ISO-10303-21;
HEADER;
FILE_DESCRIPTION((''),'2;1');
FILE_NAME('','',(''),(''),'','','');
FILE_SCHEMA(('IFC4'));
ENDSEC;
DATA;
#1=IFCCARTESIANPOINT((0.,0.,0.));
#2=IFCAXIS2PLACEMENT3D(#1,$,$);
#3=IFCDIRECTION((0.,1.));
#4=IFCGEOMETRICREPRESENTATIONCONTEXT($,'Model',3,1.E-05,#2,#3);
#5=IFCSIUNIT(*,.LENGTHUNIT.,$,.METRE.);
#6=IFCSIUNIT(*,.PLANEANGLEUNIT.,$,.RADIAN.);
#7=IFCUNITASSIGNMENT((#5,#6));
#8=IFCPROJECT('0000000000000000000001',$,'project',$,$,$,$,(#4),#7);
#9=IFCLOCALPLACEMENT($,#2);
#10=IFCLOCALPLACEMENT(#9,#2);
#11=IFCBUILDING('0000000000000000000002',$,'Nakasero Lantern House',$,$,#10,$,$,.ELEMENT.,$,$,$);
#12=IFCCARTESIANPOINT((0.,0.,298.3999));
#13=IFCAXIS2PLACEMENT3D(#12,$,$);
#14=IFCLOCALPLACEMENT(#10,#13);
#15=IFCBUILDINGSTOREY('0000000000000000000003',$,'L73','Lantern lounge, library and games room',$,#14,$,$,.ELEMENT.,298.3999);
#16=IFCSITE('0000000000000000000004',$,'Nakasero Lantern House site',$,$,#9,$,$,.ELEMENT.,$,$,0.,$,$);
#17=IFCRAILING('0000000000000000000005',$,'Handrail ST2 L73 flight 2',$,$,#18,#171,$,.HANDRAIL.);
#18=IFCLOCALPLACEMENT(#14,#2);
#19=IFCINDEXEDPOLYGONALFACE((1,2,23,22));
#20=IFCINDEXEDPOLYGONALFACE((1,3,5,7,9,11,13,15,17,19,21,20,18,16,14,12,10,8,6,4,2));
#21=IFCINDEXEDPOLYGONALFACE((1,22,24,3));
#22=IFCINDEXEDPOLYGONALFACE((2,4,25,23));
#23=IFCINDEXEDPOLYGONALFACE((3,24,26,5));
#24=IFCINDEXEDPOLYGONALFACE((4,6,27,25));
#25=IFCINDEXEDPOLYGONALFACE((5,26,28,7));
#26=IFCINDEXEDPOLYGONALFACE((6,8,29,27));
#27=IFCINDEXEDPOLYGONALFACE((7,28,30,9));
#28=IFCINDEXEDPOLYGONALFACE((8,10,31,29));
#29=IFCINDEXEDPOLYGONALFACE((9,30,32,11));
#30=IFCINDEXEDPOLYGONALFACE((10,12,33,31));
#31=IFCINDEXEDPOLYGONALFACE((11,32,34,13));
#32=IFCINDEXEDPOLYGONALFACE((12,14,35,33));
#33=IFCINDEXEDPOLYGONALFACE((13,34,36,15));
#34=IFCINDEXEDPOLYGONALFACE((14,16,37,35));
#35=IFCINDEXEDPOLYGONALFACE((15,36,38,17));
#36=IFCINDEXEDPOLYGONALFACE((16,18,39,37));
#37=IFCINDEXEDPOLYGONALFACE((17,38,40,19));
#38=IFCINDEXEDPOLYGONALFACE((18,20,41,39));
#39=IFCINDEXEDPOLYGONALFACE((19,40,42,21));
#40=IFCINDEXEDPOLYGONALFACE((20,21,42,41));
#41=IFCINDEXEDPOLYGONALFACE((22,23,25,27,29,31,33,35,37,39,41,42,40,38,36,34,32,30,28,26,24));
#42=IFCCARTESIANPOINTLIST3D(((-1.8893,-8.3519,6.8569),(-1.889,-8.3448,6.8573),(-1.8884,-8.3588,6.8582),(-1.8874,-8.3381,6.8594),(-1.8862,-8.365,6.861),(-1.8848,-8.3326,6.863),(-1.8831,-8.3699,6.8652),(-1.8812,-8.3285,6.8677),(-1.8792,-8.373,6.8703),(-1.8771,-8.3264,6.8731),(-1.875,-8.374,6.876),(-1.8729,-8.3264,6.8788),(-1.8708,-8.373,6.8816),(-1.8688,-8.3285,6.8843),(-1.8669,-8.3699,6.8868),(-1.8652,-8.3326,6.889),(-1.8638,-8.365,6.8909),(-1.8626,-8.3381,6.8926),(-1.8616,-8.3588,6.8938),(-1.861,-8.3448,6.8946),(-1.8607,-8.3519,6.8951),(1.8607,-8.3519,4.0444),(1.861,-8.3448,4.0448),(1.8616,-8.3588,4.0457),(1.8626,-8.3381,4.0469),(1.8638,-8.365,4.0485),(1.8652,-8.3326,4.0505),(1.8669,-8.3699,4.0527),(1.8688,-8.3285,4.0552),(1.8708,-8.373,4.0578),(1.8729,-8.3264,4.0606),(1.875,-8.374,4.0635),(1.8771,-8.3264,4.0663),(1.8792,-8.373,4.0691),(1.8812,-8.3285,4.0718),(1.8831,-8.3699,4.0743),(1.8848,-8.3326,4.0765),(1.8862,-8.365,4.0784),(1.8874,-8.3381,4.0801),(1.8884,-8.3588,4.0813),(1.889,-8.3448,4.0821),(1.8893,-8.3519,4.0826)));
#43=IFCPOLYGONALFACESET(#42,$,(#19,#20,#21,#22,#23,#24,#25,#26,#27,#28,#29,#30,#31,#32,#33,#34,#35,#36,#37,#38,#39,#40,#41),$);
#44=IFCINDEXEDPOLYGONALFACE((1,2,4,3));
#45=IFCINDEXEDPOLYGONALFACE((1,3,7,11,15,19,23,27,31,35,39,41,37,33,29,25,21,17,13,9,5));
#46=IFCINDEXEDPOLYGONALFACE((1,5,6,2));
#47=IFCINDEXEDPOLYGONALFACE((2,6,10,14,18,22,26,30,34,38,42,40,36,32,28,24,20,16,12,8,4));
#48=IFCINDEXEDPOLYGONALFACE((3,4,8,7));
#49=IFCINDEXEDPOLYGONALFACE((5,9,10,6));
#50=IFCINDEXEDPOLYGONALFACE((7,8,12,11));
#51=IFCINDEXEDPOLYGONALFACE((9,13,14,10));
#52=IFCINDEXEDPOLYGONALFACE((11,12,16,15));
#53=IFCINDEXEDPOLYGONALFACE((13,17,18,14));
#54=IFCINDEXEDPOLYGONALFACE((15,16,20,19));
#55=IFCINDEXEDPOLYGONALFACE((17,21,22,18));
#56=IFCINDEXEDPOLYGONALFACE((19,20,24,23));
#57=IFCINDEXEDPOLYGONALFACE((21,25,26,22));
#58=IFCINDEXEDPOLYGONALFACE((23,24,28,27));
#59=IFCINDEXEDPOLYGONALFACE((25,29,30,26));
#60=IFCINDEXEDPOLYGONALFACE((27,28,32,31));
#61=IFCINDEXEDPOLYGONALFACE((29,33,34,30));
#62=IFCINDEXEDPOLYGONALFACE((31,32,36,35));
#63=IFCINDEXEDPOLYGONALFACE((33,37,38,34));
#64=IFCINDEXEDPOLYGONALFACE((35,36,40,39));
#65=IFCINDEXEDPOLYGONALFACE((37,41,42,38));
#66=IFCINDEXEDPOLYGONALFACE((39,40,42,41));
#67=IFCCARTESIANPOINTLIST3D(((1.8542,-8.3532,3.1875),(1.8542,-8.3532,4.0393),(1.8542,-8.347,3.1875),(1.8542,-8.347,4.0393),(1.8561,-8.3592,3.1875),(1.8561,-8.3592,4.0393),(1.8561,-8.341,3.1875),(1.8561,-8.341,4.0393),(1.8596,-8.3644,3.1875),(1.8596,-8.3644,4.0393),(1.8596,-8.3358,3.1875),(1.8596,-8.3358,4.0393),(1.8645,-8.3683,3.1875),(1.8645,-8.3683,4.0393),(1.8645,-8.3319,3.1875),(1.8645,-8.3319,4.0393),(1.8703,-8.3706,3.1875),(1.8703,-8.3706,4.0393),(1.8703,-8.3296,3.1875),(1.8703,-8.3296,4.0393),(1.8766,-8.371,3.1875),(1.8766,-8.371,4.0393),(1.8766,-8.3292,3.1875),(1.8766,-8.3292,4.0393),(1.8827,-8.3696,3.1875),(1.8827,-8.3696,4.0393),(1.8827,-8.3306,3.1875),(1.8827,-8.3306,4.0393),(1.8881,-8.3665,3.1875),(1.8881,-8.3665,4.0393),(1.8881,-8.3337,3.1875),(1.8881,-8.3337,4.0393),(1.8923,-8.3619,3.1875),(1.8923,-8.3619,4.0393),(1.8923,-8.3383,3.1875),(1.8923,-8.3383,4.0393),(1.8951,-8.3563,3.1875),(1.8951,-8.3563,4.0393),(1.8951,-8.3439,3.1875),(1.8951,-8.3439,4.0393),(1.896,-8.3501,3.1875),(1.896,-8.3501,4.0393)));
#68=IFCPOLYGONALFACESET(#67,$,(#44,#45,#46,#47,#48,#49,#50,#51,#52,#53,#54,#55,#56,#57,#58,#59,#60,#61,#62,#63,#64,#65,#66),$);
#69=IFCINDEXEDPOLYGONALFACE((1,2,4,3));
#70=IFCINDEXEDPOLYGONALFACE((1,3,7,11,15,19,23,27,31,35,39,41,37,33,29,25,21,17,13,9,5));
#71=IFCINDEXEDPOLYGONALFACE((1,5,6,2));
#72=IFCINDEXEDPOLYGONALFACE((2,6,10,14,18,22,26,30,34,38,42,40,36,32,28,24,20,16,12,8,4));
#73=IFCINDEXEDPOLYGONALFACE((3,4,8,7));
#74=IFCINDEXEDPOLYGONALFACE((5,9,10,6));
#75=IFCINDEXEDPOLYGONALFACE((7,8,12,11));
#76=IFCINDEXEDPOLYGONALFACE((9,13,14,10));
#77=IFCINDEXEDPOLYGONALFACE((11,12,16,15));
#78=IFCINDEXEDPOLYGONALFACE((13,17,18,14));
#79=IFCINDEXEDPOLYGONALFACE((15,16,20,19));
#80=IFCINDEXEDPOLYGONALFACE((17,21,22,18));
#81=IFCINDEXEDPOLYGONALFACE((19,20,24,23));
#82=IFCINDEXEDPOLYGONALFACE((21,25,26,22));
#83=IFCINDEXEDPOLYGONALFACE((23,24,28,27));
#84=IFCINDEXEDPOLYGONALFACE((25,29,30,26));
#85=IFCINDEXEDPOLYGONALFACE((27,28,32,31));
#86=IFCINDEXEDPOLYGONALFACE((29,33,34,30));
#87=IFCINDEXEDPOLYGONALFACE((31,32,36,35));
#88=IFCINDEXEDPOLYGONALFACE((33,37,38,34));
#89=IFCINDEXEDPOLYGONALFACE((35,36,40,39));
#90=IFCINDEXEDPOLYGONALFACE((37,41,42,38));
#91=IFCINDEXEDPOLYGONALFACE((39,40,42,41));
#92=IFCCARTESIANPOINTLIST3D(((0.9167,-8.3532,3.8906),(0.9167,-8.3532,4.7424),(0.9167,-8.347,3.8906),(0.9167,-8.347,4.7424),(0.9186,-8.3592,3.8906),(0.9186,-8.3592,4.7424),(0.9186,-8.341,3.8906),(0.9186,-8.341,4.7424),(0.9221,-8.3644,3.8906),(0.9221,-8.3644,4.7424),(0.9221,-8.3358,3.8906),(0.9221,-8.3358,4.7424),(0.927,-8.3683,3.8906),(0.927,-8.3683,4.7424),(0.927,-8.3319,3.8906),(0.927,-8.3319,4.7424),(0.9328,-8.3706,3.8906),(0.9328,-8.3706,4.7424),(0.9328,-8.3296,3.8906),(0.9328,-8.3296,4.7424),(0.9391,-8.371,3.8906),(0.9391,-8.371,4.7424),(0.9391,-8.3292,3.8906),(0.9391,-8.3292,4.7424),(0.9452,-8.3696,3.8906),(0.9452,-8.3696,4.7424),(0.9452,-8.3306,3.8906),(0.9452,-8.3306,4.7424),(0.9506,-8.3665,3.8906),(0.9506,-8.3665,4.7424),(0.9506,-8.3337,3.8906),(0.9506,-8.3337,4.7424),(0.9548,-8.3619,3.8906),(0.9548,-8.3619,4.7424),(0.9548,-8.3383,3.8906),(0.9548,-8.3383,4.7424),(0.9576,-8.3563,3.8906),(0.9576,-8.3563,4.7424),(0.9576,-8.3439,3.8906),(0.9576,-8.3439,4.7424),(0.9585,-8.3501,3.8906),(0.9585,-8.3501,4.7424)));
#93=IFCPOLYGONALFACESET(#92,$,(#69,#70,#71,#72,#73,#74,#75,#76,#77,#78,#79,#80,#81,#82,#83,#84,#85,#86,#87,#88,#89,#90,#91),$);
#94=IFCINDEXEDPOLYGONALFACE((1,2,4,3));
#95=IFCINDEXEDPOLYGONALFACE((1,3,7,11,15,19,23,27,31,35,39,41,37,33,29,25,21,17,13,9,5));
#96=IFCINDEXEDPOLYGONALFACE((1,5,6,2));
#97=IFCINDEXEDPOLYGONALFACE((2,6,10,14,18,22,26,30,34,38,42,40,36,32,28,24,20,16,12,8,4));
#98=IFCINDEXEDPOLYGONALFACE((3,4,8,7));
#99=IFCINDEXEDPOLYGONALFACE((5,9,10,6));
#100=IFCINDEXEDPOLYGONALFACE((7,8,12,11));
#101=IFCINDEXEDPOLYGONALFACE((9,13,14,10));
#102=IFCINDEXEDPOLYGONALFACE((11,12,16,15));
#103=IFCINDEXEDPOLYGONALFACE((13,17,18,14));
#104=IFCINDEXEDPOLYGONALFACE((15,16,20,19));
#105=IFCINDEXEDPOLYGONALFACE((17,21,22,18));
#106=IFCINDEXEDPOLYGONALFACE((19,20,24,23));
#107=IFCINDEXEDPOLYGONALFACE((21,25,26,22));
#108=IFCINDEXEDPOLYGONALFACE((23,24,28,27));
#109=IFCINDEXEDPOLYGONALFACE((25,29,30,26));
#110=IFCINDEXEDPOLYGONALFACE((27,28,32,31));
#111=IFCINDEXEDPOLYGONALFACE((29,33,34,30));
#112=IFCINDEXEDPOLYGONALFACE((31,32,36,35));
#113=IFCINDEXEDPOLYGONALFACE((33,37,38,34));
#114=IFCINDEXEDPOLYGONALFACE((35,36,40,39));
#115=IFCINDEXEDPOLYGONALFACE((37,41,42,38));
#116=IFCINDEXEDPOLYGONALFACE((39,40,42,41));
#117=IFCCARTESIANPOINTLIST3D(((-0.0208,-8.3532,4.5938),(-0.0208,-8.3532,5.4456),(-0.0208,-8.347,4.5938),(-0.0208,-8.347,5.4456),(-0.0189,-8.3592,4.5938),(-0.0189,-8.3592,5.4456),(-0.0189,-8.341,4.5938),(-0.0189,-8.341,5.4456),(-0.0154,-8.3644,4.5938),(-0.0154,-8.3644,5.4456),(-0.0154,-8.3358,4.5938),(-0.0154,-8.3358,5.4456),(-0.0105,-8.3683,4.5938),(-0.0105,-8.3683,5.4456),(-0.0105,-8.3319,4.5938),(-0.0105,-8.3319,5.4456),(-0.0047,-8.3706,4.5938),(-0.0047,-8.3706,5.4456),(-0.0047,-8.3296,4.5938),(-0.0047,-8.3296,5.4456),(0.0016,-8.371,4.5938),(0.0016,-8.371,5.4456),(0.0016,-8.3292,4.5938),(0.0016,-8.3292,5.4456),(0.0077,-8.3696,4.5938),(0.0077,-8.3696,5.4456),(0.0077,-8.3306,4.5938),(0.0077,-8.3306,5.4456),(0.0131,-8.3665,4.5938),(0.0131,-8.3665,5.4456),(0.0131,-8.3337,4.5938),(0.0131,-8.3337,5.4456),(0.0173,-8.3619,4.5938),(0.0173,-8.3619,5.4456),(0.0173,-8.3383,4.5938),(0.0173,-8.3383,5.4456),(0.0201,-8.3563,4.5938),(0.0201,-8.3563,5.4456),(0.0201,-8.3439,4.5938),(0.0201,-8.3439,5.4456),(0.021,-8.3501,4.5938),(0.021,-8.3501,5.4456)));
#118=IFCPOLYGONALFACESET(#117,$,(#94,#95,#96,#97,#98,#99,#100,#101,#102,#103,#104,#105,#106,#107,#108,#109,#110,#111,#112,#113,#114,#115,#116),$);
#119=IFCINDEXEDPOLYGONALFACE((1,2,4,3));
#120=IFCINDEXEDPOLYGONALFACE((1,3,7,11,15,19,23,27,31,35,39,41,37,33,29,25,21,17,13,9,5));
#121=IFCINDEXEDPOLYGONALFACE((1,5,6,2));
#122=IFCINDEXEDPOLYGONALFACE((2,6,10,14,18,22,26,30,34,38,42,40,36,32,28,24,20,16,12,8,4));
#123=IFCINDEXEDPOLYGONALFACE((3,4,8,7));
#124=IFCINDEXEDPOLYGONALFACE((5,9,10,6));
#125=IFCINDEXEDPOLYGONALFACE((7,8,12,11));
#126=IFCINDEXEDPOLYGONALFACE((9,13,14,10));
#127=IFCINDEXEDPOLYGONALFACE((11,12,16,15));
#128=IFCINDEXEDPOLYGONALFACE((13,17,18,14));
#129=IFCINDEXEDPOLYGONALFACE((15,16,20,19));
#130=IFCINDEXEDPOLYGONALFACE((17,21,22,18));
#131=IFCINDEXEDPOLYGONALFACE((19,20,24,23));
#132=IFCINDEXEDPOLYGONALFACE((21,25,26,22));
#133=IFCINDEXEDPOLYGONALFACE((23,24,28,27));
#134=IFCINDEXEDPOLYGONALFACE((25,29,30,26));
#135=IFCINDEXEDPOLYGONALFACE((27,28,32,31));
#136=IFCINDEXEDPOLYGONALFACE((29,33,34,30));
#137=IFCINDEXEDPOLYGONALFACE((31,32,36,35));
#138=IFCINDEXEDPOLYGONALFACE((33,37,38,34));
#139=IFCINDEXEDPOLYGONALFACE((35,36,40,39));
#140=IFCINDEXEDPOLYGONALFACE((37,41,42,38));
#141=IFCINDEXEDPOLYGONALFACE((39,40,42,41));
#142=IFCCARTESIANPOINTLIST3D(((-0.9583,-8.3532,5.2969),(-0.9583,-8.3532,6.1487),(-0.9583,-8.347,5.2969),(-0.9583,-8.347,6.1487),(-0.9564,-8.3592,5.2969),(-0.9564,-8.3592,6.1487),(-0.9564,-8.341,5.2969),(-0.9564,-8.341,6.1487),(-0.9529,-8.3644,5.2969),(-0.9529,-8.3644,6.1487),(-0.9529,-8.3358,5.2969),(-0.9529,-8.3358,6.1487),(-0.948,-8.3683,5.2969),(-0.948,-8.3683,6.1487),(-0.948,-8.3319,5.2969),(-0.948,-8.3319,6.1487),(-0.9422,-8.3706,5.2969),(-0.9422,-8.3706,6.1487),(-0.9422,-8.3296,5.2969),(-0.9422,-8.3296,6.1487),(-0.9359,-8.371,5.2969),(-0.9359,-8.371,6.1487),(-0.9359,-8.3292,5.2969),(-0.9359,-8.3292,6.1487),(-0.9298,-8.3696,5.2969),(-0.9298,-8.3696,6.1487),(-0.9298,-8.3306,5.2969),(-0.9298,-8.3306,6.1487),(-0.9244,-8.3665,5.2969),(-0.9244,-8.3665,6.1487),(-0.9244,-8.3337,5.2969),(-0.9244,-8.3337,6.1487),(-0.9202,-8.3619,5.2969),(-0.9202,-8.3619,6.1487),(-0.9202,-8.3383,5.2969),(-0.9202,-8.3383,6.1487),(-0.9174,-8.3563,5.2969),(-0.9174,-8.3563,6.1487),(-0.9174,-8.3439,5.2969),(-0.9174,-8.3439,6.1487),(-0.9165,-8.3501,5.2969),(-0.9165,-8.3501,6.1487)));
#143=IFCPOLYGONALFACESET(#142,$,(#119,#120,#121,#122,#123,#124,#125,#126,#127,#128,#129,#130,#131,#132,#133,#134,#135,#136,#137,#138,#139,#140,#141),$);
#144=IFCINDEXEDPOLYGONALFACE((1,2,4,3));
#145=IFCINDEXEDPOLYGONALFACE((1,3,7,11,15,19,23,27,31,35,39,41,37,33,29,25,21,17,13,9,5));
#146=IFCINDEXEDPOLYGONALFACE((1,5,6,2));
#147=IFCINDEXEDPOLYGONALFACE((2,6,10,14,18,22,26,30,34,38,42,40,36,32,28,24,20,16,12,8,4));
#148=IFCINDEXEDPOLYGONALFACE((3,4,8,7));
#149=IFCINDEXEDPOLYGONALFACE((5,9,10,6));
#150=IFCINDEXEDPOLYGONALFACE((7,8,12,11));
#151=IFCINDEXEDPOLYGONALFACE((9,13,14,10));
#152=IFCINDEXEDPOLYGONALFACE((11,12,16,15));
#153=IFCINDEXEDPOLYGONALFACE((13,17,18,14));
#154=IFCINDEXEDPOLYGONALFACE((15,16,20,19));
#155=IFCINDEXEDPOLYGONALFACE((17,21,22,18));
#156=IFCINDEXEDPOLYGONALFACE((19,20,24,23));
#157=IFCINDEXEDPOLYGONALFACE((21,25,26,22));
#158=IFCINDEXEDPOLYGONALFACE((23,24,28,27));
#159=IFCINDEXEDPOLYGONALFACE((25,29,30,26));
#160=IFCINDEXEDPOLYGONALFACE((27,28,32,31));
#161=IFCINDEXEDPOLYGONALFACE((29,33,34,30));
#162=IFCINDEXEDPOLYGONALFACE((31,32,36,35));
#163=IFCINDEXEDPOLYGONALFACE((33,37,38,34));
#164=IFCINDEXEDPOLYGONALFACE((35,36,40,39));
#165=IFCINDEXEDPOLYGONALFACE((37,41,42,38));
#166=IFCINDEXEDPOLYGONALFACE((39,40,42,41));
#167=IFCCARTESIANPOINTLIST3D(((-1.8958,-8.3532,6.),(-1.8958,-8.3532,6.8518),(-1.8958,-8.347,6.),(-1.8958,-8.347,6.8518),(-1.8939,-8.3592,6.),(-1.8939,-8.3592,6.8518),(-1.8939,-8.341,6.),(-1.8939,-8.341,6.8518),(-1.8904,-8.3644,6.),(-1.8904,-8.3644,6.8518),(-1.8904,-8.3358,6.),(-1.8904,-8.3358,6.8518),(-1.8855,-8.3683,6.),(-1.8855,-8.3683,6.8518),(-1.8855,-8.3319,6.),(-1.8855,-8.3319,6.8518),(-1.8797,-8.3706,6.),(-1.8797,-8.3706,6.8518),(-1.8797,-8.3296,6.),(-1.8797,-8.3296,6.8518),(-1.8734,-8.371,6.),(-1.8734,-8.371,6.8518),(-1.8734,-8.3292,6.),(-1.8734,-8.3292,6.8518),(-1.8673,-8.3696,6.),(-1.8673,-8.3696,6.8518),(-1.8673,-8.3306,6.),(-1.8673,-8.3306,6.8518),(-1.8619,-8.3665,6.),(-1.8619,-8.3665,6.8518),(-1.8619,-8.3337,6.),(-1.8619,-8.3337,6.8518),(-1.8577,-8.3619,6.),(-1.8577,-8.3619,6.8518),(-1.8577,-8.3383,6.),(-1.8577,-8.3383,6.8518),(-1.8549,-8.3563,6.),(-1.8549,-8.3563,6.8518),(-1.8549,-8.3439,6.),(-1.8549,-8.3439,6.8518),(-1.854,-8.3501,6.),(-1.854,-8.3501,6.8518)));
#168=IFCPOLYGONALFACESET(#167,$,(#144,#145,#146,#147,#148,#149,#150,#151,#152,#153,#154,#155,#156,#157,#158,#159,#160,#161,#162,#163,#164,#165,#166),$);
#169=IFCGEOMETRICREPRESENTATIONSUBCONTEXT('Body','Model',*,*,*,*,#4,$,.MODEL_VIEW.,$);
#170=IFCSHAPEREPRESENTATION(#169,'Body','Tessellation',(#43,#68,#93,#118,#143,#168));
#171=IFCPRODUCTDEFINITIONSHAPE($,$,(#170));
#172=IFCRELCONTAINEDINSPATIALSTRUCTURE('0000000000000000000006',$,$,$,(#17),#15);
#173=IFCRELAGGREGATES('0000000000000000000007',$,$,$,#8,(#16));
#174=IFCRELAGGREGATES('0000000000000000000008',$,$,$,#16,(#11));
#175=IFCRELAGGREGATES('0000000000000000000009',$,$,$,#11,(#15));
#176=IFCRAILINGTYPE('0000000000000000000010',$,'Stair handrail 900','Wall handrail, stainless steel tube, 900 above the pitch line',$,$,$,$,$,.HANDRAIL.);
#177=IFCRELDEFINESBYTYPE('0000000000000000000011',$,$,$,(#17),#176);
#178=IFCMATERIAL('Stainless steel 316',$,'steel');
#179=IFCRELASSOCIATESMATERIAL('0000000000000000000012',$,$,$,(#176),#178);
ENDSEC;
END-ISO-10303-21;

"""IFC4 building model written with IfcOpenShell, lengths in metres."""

from ifc_helpers import new_model, si_unit, direction, frame, origin, origin_2d, place, context, subcontext, project, spatial, circle, extrude, material, type_object, element, save


model = new_model("IFC4")

# Units and contexts
model_context = context("Model", 3, precision=1e-05, world=origin(), true_north=direction((0.0, 1.0)))
body_context = subcontext(model_context, "Body", "Model", "MODEL_VIEW")
ifc_project = project(units=[si_unit("LENGTHUNIT", "METRE"), si_unit("PLANEANGLEUNIT", "RADIAN")], contexts=[model_context])

# Site, building, storey
site_placement = place(None, origin())
site = spatial("IfcSite", under=ifc_project, at=site_placement, Name="Nakasero Lantern House site", CompositionType="ELEMENT", RefElevation=0.0)
building_placement = place(site_placement, origin())
building = spatial("IfcBuilding", under=site, at=building_placement, Name="Nakasero Lantern House", CompositionType="ELEMENT")
storey_placement = place(building_placement, frame((0.0, 0.0, 298.3999)))
storey = spatial("IfcBuildingStorey", under=building, at=storey_placement, Name="L73", Description="Lantern lounge, library and games room", CompositionType="ELEMENT", Elevation=298.3999)

# Railing
ifc_material_1 = material(Name="Stainless steel 316", Category="steel")
railing_type = type_object("IfcRailingType", Name="Stair handrail 900", Description="Wall handrail, stainless steel tube, 900 above the pitch line", PredefinedType="HANDRAIL", material=ifc_material_1)
railing_placement = place(storey_placement, frame((1.875, -8.3501, 3.1875)))
element("IfcRailing", 1, at=railing_placement, inside=storey, type_object=railing_type, Name="Handrail ST2 L73 flight 2", PredefinedType="HANDRAIL", context=body_context, shape_type="SweptSolid", body=[
    extrude(circle(Radius=0.0239, at=origin_2d()), frame((0.0, 0.0, 0.876), z_axis=(-0.8, 0.0, 0.6), x_axis=(0.0, -1.0, 0.0)), (0.0, 0.0, 1.0), 4.6875),
    extrude(circle(Radius=0.021, at=origin_2d()), origin(), (0.0, 0.0, 1.0), 0.8518),
    extrude(circle(Radius=0.021, at=origin_2d()), frame((-0.9375, 0.0, 0.7031)), (0.0, 0.0, 1.0), 0.8518),
    extrude(circle(Radius=0.021, at=origin_2d()), frame((-1.875, 0.0, 1.4062)), (0.0, 0.0, 1.0), 0.8518),
    extrude(circle(Radius=0.021, at=origin_2d()), frame((-2.8125, 0.0, 2.1094)), (0.0, 0.0, 1.0), 0.8518),
    extrude(circle(Radius=0.021, at=origin_2d()), frame((-3.75, 0.0, 2.8125)), (0.0, 0.0, 1.0), 0.8518),
])

save(model, "model.ifc")
